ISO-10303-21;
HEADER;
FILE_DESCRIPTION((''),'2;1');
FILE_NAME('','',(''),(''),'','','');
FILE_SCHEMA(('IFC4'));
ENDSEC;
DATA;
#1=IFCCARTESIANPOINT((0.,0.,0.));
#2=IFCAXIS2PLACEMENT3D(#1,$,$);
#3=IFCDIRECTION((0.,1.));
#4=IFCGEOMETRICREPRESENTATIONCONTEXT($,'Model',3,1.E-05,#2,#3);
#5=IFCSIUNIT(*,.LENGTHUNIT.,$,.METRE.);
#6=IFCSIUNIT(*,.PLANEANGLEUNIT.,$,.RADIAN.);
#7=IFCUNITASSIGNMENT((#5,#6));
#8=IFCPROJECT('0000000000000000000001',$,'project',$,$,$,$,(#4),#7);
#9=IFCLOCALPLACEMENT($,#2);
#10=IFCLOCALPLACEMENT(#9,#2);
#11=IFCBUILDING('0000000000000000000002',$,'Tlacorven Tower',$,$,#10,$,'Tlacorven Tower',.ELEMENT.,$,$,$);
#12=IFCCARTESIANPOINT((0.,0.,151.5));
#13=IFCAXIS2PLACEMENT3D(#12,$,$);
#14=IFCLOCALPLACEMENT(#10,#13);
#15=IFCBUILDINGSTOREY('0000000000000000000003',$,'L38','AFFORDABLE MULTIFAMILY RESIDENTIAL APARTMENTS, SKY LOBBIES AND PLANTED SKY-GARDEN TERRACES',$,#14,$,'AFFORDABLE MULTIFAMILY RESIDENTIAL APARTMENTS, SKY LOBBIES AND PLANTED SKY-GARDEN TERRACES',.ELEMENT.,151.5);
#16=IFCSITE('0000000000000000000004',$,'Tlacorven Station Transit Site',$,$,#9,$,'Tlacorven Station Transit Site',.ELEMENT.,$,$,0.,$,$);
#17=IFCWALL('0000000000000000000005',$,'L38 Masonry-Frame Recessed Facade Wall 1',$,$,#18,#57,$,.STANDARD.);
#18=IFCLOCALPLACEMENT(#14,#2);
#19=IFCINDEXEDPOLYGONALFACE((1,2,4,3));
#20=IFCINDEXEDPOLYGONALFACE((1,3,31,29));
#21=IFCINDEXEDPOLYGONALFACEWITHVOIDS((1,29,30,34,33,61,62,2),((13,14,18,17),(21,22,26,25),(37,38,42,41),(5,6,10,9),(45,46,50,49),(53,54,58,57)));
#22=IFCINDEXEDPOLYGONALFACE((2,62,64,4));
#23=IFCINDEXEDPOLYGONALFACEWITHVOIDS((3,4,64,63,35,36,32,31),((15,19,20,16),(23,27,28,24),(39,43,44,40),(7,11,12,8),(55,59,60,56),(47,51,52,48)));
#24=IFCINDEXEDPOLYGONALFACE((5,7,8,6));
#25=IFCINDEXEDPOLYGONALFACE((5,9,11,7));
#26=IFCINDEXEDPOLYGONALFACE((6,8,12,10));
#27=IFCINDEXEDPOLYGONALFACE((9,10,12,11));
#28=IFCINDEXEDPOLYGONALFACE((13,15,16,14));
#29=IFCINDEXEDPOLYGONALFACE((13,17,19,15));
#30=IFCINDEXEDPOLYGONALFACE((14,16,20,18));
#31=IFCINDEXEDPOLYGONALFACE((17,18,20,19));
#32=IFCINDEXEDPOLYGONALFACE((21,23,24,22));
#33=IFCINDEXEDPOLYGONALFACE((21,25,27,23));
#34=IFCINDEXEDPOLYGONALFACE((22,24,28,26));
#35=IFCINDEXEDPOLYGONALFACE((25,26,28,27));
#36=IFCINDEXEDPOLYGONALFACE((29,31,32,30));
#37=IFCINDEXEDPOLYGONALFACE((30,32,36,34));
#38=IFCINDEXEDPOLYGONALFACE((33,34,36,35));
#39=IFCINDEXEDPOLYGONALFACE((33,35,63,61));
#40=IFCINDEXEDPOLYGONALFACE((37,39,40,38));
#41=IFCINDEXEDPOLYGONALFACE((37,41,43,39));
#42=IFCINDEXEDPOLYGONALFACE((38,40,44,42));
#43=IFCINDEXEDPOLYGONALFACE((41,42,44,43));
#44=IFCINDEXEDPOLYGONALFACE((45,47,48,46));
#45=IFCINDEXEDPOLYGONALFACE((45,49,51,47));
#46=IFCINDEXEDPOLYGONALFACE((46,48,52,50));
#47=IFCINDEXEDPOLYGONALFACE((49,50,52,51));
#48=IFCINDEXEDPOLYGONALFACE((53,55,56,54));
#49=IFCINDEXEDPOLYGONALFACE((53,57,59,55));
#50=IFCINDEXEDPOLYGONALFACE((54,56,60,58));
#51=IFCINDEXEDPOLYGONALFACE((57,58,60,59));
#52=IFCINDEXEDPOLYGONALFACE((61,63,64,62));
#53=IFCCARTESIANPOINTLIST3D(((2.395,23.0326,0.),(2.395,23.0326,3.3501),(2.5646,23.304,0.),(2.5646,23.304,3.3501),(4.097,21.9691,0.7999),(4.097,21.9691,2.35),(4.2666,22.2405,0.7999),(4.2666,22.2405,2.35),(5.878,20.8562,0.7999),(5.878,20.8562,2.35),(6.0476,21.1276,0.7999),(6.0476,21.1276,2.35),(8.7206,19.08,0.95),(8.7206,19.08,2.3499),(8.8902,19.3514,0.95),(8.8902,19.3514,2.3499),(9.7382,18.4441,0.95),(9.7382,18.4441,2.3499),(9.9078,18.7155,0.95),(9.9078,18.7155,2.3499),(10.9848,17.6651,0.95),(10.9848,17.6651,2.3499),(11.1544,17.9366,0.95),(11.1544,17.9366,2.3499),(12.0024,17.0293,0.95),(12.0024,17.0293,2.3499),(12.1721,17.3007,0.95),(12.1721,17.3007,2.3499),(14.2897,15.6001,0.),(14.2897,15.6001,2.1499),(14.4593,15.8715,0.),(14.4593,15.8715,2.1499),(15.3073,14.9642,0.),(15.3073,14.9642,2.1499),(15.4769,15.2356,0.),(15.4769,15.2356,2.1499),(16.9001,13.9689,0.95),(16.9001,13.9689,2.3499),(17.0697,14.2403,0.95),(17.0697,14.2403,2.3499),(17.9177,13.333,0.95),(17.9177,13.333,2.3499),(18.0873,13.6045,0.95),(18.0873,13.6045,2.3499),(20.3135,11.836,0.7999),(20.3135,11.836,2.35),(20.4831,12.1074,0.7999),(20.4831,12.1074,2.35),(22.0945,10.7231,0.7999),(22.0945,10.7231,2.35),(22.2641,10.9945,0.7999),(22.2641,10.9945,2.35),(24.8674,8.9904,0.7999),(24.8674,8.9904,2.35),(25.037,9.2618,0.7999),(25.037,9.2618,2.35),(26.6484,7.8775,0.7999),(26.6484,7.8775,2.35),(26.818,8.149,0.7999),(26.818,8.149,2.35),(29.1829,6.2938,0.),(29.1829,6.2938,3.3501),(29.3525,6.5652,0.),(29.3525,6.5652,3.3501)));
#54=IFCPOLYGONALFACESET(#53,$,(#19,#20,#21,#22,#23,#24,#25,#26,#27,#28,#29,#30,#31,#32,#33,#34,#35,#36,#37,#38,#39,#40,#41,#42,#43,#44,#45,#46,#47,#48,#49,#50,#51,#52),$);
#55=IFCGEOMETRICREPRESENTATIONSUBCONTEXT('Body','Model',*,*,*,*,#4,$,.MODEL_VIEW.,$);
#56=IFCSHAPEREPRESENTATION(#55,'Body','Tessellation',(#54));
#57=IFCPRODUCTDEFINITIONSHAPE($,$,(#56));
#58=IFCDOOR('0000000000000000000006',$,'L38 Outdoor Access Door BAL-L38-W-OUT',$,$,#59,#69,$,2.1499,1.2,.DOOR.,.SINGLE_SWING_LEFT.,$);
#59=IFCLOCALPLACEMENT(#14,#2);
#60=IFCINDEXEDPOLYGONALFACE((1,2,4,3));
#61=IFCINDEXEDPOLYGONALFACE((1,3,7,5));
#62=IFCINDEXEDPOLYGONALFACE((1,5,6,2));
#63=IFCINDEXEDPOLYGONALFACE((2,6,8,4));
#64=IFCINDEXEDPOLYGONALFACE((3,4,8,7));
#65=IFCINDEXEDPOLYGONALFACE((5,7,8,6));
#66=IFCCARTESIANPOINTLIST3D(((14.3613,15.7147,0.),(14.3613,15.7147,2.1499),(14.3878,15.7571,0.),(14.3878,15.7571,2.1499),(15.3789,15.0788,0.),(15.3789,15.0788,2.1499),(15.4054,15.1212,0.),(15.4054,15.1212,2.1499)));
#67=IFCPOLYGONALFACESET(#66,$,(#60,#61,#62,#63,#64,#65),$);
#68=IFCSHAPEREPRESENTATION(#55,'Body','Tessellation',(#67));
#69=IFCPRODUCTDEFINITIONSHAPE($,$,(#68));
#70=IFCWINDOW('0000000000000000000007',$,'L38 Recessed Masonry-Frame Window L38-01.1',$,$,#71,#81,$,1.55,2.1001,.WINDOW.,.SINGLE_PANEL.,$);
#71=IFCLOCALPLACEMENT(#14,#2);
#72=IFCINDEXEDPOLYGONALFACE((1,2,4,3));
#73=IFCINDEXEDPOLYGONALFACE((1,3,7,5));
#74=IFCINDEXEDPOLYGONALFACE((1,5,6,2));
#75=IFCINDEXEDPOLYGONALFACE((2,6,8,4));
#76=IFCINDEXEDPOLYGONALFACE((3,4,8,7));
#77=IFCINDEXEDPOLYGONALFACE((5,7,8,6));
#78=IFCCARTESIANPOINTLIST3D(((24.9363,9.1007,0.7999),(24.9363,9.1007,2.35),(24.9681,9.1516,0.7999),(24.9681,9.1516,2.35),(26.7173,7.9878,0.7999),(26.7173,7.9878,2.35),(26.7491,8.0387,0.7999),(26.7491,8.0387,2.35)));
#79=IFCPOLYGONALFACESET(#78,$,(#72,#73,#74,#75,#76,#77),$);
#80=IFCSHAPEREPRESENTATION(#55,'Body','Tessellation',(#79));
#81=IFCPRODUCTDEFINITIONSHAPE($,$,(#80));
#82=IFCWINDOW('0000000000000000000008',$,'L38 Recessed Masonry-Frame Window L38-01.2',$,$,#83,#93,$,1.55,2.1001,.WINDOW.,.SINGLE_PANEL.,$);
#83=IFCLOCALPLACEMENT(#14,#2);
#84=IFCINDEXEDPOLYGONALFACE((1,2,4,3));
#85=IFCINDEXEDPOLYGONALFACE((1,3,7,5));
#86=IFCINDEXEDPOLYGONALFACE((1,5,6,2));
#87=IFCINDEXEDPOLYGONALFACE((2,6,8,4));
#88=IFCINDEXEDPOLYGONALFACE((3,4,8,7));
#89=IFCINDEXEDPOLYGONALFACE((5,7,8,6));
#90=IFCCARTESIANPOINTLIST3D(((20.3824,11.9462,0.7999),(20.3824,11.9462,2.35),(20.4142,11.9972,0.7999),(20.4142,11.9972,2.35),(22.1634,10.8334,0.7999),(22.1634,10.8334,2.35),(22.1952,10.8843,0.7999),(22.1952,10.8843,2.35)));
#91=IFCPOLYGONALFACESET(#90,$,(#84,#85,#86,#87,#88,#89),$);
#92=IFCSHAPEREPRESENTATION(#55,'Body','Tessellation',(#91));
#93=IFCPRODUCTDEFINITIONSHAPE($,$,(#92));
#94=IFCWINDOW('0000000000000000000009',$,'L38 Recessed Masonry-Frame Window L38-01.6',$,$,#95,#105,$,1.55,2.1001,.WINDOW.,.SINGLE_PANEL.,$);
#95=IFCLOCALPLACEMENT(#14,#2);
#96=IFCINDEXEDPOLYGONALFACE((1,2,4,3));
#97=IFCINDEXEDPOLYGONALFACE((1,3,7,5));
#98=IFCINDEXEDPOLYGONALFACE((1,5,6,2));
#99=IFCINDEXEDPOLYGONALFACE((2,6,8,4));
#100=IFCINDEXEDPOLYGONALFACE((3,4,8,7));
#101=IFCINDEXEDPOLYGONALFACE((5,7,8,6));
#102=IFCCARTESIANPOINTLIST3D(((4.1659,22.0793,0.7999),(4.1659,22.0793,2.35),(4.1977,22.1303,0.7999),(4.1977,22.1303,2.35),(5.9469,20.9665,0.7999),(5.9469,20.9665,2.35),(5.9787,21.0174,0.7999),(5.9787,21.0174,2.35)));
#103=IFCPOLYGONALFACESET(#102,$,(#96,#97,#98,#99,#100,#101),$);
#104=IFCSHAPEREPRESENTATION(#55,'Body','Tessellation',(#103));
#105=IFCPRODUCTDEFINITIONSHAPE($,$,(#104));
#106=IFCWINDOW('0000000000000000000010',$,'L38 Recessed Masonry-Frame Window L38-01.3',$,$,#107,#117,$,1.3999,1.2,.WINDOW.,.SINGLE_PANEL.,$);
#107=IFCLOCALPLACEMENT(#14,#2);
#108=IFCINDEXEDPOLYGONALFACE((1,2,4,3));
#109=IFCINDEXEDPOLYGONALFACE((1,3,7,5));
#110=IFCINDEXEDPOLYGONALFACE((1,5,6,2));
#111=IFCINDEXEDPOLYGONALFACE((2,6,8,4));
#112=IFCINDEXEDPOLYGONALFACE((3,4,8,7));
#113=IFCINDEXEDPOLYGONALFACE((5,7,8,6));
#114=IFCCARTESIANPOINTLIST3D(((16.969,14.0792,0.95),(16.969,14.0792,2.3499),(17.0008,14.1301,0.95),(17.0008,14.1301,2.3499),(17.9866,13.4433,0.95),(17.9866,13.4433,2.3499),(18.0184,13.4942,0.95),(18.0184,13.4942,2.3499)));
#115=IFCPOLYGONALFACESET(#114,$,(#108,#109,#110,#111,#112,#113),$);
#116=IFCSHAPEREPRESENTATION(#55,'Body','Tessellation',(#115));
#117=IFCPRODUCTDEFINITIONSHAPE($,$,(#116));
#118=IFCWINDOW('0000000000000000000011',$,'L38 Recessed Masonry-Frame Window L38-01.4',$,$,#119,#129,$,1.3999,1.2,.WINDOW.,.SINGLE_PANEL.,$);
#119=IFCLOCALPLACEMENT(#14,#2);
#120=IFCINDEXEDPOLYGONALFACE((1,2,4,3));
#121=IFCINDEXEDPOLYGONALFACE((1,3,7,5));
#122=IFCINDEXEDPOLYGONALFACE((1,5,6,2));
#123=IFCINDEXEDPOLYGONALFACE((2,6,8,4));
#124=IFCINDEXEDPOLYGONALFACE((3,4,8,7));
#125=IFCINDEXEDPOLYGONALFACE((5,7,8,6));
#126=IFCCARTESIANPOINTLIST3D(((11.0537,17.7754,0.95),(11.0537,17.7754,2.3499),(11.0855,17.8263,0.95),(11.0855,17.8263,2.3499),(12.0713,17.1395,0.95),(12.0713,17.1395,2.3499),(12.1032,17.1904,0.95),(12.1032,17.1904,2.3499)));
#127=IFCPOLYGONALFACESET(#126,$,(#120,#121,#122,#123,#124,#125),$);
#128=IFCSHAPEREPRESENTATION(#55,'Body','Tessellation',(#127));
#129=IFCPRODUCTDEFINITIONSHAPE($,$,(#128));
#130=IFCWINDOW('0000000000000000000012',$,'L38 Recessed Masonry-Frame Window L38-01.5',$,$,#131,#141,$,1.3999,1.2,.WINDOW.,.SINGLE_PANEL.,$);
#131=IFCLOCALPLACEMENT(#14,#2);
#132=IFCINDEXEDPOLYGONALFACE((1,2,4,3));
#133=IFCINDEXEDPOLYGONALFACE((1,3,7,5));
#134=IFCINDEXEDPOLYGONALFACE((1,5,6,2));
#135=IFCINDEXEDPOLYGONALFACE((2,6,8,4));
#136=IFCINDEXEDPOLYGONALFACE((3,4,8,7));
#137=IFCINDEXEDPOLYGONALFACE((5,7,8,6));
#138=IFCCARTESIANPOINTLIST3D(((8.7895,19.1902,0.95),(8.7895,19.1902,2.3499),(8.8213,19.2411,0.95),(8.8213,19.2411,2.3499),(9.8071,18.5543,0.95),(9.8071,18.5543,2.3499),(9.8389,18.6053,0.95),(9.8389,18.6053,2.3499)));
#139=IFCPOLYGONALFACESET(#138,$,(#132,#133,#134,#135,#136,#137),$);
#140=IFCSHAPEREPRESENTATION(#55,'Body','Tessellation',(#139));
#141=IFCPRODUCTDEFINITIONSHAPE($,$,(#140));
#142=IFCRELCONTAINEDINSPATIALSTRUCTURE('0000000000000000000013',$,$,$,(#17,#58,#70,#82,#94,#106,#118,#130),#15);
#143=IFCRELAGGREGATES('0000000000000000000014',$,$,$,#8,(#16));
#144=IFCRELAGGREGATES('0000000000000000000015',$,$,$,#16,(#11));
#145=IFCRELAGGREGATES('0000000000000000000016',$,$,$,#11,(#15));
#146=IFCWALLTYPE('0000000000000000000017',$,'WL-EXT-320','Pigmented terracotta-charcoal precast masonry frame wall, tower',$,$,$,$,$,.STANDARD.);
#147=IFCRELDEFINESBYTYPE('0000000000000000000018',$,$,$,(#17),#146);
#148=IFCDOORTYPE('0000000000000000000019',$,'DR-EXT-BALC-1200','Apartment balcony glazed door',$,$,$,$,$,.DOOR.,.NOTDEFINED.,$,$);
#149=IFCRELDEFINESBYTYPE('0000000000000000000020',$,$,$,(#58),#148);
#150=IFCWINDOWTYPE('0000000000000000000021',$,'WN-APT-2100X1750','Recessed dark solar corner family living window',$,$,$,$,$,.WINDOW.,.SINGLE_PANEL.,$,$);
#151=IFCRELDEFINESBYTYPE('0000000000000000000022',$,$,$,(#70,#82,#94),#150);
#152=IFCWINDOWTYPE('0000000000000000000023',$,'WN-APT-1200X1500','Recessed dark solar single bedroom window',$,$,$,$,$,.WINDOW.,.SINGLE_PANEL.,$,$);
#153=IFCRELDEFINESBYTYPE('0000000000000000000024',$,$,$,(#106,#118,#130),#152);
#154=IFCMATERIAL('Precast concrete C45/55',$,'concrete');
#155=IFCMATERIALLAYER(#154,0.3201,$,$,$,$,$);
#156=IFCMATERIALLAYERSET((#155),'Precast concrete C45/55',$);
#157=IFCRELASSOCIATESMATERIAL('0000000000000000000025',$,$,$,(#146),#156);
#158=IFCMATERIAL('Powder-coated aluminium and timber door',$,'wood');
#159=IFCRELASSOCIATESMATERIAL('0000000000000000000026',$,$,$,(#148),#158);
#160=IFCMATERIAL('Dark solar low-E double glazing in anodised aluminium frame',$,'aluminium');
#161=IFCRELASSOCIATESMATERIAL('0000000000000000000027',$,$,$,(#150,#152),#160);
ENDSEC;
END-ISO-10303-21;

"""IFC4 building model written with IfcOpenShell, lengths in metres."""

from ifc_helpers import new_model, si_unit, direction, frame, frame_2d, origin, place, context, subcontext, project, spatial, rectangle, extrude, source, transform, mapped, material, layer, layer_set, type_object, element, fill, save


model = new_model("IFC4")

# Units and contexts
model_context = context("Model", 3, precision=1e-05, world=origin(), true_north=direction((0.0, 1.0)))
body_context = subcontext(model_context, "Body", "Model", "MODEL_VIEW")
ifc_project = project(units=[si_unit("LENGTHUNIT", "METRE"), si_unit("PLANEANGLEUNIT", "RADIAN")], contexts=[model_context])

# Site, building, storey
site_placement = place(None, origin())
site = spatial("IfcSite", under=ifc_project, at=site_placement, Name="Tlacorven Station Transit Site", LongName="Tlacorven Station Transit Site", CompositionType="ELEMENT", RefElevation=0.0)
building_placement = place(site_placement, origin())
building = spatial("IfcBuilding", under=site, at=building_placement, Name="Tlacorven Tower", LongName="Tlacorven Tower", CompositionType="ELEMENT")
storey_placement = place(building_placement, frame((0.0, 0.0, 151.5)))
storey = spatial("IfcBuildingStorey", under=building, at=storey_placement, Name="L38", Description="AFFORDABLE MULTIFAMILY RESIDENTIAL APARTMENTS, SKY LOBBIES AND PLANTED SKY-GARDEN TERRACES", LongName="AFFORDABLE MULTIFAMILY RESIDENTIAL APARTMENTS, SKY LOBBIES AND PLANTED SKY-GARDEN TERRACES", CompositionType="ELEMENT", Elevation=151.5)

# Wall, openings, door, windows
ifc_material_1 = material(Name="Precast concrete C45/55", Category="concrete")
ifc_layer_1 = layer(ifc_material_1, 0.3201)
ifc_layer_set_1 = layer_set([ifc_layer_1], Name="Precast concrete C45/55")
wall_type_1 = type_object("IfcWallType", Name="WL-EXT-320", Description="Pigmented terracotta-charcoal precast masonry frame wall, tower", PredefinedType="STANDARD", material=ifc_layer_set_1)
wall_1_placement = place(storey_placement, frame((29.2678, 6.4294, 0.0), z_axis=(0.0, 0.0, 1.0), x_axis=(-0.84805, 0.529916, 0.0)))
wall_1 = element("IfcWall", 1, at=wall_1_placement, inside=storey, type_object=wall_type_1, Name="L38 Masonry-Frame Recessed Facade Wall 1", PredefinedType="STANDARD", context=body_context, shape_type="SweptSolid", body=[
    extrude(rectangle(XDim=31.5876, YDim=0.3201, at=frame_2d((15.7939, 0.0))), origin(), (0.0, 0.0, 1.0), 3.3501),
])
opening_1_placement = place(wall_1_placement, frame((16.3618, 0.0, 0.0)))
opening_1 = element("IfcOpeningElement", 2, at=opening_1_placement, cuts=wall_1, PredefinedType="OPENING", context=body_context, shape_type="SweptSolid", body=[
    extrude(rectangle(XDim=1.2, YDim=2.1499, at=frame_2d((0.6001, 1.075))), frame((0.0, 0.1699, 0.0), z_axis=(0.0, -1.0, 0.0), x_axis=(1.0, 0.0, 0.0)), (0.0, 0.0, 1.0), 0.3401),
])
opening_2_placement = place(wall_1_placement, frame((2.9888, 0.0, 0.8)))
opening_2 = element("IfcOpeningElement", 3, at=opening_2_placement, cuts=wall_1, PredefinedType="OPENING", context=body_context, shape_type="SweptSolid", body=[
    extrude(rectangle(XDim=2.1001, YDim=1.55, at=frame_2d((1.05, 0.7749))), frame((0.0, 0.1699, 0.0), z_axis=(0.0, -1.0, 0.0), x_axis=(1.0, 0.0, 0.0)), (0.0, 0.0, 1.0), 0.3401),
])
opening_3_placement = place(wall_1_placement, frame((8.3586, 0.0, 0.8)))
opening_3 = element("IfcOpeningElement", 4, at=opening_3_placement, cuts=wall_1, PredefinedType="OPENING", context=body_context, shape_type="SweptSolid", body=[
    extrude(rectangle(XDim=2.1001, YDim=1.55, at=frame_2d((1.05, 0.7749))), frame((0.0, 0.1699, 0.0), z_axis=(0.0, -1.0, 0.0), x_axis=(1.0, 0.0, 0.0)), (0.0, 0.0, 1.0), 0.3401),
])
opening_4_placement = place(wall_1_placement, frame((13.2837, 0.0, 0.95)))
opening_4 = element("IfcOpeningElement", 5, at=opening_4_placement, cuts=wall_1, PredefinedType="OPENING", context=body_context, shape_type="SweptSolid", body=[
    extrude(rectangle(XDim=1.2, YDim=1.3999, at=frame_2d((0.6001, 0.7))), frame((0.0, 0.1699, 0.0), z_axis=(0.0, -1.0, 0.0), x_axis=(1.0, 0.0, 0.0)), (0.0, 0.0, 1.0), 0.3401),
])
opening_5_placement = place(wall_1_placement, frame((20.2588, 0.0, 0.95)))
opening_5 = element("IfcOpeningElement", 6, at=opening_5_placement, cuts=wall_1, PredefinedType="OPENING", context=body_context, shape_type="SweptSolid", body=[
    extrude(rectangle(XDim=1.2, YDim=1.3999, at=frame_2d((0.6001, 0.7))), frame((0.0, 0.1699, 0.0), z_axis=(0.0, -1.0, 0.0), x_axis=(1.0, 0.0, 0.0)), (0.0, 0.0, 1.0), 0.3401),
])
opening_6_placement = place(wall_1_placement, frame((22.9287, 0.0, 0.95)))
opening_6 = element("IfcOpeningElement", 7, at=opening_6_placement, cuts=wall_1, PredefinedType="OPENING", context=body_context, shape_type="SweptSolid", body=[
    extrude(rectangle(XDim=1.2, YDim=1.3999, at=frame_2d((0.6001, 0.7))), frame((0.0, 0.1699, 0.0), z_axis=(0.0, -1.0, 0.0), x_axis=(1.0, 0.0, 0.0)), (0.0, 0.0, 1.0), 0.3401),
])
opening_7_placement = place(wall_1_placement, frame((27.4807, 0.0, 0.8)))
opening_7 = element("IfcOpeningElement", 8, at=opening_7_placement, cuts=wall_1, PredefinedType="OPENING", context=body_context, shape_type="SweptSolid", body=[
    extrude(rectangle(XDim=2.1001, YDim=1.55, at=frame_2d((1.05, 0.7749))), frame((0.0, 0.1699, 0.0), z_axis=(0.0, -1.0, 0.0), x_axis=(1.0, 0.0, 0.0)), (0.0, 0.0, 1.0), 0.3401),
])
ifc_material_2 = material(Name="Powder-coated aluminium and timber door", Category="wood")
door_type_1 = type_object("IfcDoorType", Name="DR-EXT-BALC-1200", Description="Apartment balcony glazed door", OperationType="NOTDEFINED", PredefinedType="DOOR", material=ifc_material_2)
shared_shape_1 = source(origin(), body_context, "Body", "SweptSolid", [
    extrude(rectangle(XDim=1.2, YDim=2.1499, at=frame_2d((0.6001, 1.075))), frame((0.0, 0.0249, 0.0), z_axis=(0.0, -1.0, 0.0), x_axis=(1.0, 0.0, 0.0)), (0.0, 0.0, 1.0), 0.05),
])
door_1_placement = place(opening_1_placement, origin())
door_1 = element("IfcDoor", 9, at=door_1_placement, inside=storey, type_object=door_type_1, Name="L38 Outdoor Access Door BAL-L38-W-OUT", OperationType="SINGLE_SWING_LEFT", OverallHeight=2.1499, OverallWidth=1.2, PredefinedType="DOOR", context=body_context, shape_type="MappedRepresentation", body=[
    mapped(shared_shape_1, transform((0.0, 0.0, 0.0), scale=1.0)),
])
fill(opening_1, door_1)
ifc_material_3 = material(Name="Dark solar low-E double glazing in anodised aluminium frame", Category="aluminium")
window_type_1 = type_object("IfcWindowType", Name="WN-APT-2100X1750", Description="Recessed dark solar corner family living window", PartitioningType="SINGLE_PANEL", PredefinedType="WINDOW", material=ifc_material_3)
shared_shape_2 = source(origin(), body_context, "Body", "SweptSolid", [
    extrude(rectangle(XDim=2.1001, YDim=1.55, at=frame_2d((1.05, 0.7749))), frame((0.0, 0.03, 0.0), z_axis=(0.0, -1.0, 0.0), x_axis=(1.0, 0.0, 0.0)), (0.0, 0.0, 1.0), 0.0601),
])
window_1_placement = place(opening_2_placement, origin())
window_1 = element("IfcWindow", 10, at=window_1_placement, inside=storey, type_object=window_type_1, Name="L38 Recessed Masonry-Frame Window L38-01.1", OverallHeight=1.55, OverallWidth=2.1001, PartitioningType="SINGLE_PANEL", PredefinedType="WINDOW", context=body_context, shape_type="MappedRepresentation", body=[
    mapped(shared_shape_2, transform((0.0, 0.0, 0.0), scale=1.0)),
])
fill(opening_2, window_1)
window_2_placement = place(opening_3_placement, origin())
window_2 = element("IfcWindow", 11, at=window_2_placement, inside=storey, type_object=window_type_1, Name="L38 Recessed Masonry-Frame Window L38-01.2", OverallHeight=1.55, OverallWidth=2.1001, PartitioningType="SINGLE_PANEL", PredefinedType="WINDOW", context=body_context, shape_type="MappedRepresentation", body=[
    mapped(shared_shape_2, transform((0.0, 0.0, 0.0), scale=1.0)),
])
fill(opening_3, window_2)
window_3_placement = place(opening_7_placement, origin())
window_3 = element("IfcWindow", 12, at=window_3_placement, inside=storey, type_object=window_type_1, Name="L38 Recessed Masonry-Frame Window L38-01.6", OverallHeight=1.55, OverallWidth=2.1001, PartitioningType="SINGLE_PANEL", PredefinedType="WINDOW", context=body_context, shape_type="MappedRepresentation", body=[
    mapped(shared_shape_2, transform((0.0, 0.0, 0.0), scale=1.0)),
])
fill(opening_7, window_3)
window_type_2 = type_object("IfcWindowType", Name="WN-APT-1200X1500", Description="Recessed dark solar single bedroom window", PartitioningType="SINGLE_PANEL", PredefinedType="WINDOW", material=ifc_material_3)
shared_shape_3 = source(origin(), body_context, "Body", "SweptSolid", [
    extrude(rectangle(XDim=1.2, YDim=1.3999, at=frame_2d((0.6001, 0.7))), frame((0.0, 0.03, 0.0), z_axis=(0.0, -1.0, 0.0), x_axis=(1.0, 0.0, 0.0)), (0.0, 0.0, 1.0), 0.0601),
])
window_4_placement = place(opening_4_placement, origin())
window_4 = element("IfcWindow", 13, at=window_4_placement, inside=storey, type_object=window_type_2, Name="L38 Recessed Masonry-Frame Window L38-01.3", OverallHeight=1.3999, OverallWidth=1.2, PartitioningType="SINGLE_PANEL", PredefinedType="WINDOW", context=body_context, shape_type="MappedRepresentation", body=[
    mapped(shared_shape_3, transform((0.0, 0.0, 0.0), scale=1.0)),
])
fill(opening_4, window_4)
window_5_placement = place(opening_5_placement, origin())
window_5 = element("IfcWindow", 14, at=window_5_placement, inside=storey, type_object=window_type_2, Name="L38 Recessed Masonry-Frame Window L38-01.4", OverallHeight=1.3999, OverallWidth=1.2, PartitioningType="SINGLE_PANEL", PredefinedType="WINDOW", context=body_context, shape_type="MappedRepresentation", body=[
    mapped(shared_shape_3, transform((0.0, 0.0, 0.0), scale=1.0)),
])
fill(opening_5, window_5)
window_6_placement = place(opening_6_placement, origin())
window_6 = element("IfcWindow", 15, at=window_6_placement, inside=storey, type_object=window_type_2, Name="L38 Recessed Masonry-Frame Window L38-01.5", OverallHeight=1.3999, OverallWidth=1.2, PartitioningType="SINGLE_PANEL", PredefinedType="WINDOW", context=body_context, shape_type="MappedRepresentation", body=[
    mapped(shared_shape_3, transform((0.0, 0.0, 0.0), scale=1.0)),
])
fill(opening_6, window_6)

save(model, "model.ifc")
